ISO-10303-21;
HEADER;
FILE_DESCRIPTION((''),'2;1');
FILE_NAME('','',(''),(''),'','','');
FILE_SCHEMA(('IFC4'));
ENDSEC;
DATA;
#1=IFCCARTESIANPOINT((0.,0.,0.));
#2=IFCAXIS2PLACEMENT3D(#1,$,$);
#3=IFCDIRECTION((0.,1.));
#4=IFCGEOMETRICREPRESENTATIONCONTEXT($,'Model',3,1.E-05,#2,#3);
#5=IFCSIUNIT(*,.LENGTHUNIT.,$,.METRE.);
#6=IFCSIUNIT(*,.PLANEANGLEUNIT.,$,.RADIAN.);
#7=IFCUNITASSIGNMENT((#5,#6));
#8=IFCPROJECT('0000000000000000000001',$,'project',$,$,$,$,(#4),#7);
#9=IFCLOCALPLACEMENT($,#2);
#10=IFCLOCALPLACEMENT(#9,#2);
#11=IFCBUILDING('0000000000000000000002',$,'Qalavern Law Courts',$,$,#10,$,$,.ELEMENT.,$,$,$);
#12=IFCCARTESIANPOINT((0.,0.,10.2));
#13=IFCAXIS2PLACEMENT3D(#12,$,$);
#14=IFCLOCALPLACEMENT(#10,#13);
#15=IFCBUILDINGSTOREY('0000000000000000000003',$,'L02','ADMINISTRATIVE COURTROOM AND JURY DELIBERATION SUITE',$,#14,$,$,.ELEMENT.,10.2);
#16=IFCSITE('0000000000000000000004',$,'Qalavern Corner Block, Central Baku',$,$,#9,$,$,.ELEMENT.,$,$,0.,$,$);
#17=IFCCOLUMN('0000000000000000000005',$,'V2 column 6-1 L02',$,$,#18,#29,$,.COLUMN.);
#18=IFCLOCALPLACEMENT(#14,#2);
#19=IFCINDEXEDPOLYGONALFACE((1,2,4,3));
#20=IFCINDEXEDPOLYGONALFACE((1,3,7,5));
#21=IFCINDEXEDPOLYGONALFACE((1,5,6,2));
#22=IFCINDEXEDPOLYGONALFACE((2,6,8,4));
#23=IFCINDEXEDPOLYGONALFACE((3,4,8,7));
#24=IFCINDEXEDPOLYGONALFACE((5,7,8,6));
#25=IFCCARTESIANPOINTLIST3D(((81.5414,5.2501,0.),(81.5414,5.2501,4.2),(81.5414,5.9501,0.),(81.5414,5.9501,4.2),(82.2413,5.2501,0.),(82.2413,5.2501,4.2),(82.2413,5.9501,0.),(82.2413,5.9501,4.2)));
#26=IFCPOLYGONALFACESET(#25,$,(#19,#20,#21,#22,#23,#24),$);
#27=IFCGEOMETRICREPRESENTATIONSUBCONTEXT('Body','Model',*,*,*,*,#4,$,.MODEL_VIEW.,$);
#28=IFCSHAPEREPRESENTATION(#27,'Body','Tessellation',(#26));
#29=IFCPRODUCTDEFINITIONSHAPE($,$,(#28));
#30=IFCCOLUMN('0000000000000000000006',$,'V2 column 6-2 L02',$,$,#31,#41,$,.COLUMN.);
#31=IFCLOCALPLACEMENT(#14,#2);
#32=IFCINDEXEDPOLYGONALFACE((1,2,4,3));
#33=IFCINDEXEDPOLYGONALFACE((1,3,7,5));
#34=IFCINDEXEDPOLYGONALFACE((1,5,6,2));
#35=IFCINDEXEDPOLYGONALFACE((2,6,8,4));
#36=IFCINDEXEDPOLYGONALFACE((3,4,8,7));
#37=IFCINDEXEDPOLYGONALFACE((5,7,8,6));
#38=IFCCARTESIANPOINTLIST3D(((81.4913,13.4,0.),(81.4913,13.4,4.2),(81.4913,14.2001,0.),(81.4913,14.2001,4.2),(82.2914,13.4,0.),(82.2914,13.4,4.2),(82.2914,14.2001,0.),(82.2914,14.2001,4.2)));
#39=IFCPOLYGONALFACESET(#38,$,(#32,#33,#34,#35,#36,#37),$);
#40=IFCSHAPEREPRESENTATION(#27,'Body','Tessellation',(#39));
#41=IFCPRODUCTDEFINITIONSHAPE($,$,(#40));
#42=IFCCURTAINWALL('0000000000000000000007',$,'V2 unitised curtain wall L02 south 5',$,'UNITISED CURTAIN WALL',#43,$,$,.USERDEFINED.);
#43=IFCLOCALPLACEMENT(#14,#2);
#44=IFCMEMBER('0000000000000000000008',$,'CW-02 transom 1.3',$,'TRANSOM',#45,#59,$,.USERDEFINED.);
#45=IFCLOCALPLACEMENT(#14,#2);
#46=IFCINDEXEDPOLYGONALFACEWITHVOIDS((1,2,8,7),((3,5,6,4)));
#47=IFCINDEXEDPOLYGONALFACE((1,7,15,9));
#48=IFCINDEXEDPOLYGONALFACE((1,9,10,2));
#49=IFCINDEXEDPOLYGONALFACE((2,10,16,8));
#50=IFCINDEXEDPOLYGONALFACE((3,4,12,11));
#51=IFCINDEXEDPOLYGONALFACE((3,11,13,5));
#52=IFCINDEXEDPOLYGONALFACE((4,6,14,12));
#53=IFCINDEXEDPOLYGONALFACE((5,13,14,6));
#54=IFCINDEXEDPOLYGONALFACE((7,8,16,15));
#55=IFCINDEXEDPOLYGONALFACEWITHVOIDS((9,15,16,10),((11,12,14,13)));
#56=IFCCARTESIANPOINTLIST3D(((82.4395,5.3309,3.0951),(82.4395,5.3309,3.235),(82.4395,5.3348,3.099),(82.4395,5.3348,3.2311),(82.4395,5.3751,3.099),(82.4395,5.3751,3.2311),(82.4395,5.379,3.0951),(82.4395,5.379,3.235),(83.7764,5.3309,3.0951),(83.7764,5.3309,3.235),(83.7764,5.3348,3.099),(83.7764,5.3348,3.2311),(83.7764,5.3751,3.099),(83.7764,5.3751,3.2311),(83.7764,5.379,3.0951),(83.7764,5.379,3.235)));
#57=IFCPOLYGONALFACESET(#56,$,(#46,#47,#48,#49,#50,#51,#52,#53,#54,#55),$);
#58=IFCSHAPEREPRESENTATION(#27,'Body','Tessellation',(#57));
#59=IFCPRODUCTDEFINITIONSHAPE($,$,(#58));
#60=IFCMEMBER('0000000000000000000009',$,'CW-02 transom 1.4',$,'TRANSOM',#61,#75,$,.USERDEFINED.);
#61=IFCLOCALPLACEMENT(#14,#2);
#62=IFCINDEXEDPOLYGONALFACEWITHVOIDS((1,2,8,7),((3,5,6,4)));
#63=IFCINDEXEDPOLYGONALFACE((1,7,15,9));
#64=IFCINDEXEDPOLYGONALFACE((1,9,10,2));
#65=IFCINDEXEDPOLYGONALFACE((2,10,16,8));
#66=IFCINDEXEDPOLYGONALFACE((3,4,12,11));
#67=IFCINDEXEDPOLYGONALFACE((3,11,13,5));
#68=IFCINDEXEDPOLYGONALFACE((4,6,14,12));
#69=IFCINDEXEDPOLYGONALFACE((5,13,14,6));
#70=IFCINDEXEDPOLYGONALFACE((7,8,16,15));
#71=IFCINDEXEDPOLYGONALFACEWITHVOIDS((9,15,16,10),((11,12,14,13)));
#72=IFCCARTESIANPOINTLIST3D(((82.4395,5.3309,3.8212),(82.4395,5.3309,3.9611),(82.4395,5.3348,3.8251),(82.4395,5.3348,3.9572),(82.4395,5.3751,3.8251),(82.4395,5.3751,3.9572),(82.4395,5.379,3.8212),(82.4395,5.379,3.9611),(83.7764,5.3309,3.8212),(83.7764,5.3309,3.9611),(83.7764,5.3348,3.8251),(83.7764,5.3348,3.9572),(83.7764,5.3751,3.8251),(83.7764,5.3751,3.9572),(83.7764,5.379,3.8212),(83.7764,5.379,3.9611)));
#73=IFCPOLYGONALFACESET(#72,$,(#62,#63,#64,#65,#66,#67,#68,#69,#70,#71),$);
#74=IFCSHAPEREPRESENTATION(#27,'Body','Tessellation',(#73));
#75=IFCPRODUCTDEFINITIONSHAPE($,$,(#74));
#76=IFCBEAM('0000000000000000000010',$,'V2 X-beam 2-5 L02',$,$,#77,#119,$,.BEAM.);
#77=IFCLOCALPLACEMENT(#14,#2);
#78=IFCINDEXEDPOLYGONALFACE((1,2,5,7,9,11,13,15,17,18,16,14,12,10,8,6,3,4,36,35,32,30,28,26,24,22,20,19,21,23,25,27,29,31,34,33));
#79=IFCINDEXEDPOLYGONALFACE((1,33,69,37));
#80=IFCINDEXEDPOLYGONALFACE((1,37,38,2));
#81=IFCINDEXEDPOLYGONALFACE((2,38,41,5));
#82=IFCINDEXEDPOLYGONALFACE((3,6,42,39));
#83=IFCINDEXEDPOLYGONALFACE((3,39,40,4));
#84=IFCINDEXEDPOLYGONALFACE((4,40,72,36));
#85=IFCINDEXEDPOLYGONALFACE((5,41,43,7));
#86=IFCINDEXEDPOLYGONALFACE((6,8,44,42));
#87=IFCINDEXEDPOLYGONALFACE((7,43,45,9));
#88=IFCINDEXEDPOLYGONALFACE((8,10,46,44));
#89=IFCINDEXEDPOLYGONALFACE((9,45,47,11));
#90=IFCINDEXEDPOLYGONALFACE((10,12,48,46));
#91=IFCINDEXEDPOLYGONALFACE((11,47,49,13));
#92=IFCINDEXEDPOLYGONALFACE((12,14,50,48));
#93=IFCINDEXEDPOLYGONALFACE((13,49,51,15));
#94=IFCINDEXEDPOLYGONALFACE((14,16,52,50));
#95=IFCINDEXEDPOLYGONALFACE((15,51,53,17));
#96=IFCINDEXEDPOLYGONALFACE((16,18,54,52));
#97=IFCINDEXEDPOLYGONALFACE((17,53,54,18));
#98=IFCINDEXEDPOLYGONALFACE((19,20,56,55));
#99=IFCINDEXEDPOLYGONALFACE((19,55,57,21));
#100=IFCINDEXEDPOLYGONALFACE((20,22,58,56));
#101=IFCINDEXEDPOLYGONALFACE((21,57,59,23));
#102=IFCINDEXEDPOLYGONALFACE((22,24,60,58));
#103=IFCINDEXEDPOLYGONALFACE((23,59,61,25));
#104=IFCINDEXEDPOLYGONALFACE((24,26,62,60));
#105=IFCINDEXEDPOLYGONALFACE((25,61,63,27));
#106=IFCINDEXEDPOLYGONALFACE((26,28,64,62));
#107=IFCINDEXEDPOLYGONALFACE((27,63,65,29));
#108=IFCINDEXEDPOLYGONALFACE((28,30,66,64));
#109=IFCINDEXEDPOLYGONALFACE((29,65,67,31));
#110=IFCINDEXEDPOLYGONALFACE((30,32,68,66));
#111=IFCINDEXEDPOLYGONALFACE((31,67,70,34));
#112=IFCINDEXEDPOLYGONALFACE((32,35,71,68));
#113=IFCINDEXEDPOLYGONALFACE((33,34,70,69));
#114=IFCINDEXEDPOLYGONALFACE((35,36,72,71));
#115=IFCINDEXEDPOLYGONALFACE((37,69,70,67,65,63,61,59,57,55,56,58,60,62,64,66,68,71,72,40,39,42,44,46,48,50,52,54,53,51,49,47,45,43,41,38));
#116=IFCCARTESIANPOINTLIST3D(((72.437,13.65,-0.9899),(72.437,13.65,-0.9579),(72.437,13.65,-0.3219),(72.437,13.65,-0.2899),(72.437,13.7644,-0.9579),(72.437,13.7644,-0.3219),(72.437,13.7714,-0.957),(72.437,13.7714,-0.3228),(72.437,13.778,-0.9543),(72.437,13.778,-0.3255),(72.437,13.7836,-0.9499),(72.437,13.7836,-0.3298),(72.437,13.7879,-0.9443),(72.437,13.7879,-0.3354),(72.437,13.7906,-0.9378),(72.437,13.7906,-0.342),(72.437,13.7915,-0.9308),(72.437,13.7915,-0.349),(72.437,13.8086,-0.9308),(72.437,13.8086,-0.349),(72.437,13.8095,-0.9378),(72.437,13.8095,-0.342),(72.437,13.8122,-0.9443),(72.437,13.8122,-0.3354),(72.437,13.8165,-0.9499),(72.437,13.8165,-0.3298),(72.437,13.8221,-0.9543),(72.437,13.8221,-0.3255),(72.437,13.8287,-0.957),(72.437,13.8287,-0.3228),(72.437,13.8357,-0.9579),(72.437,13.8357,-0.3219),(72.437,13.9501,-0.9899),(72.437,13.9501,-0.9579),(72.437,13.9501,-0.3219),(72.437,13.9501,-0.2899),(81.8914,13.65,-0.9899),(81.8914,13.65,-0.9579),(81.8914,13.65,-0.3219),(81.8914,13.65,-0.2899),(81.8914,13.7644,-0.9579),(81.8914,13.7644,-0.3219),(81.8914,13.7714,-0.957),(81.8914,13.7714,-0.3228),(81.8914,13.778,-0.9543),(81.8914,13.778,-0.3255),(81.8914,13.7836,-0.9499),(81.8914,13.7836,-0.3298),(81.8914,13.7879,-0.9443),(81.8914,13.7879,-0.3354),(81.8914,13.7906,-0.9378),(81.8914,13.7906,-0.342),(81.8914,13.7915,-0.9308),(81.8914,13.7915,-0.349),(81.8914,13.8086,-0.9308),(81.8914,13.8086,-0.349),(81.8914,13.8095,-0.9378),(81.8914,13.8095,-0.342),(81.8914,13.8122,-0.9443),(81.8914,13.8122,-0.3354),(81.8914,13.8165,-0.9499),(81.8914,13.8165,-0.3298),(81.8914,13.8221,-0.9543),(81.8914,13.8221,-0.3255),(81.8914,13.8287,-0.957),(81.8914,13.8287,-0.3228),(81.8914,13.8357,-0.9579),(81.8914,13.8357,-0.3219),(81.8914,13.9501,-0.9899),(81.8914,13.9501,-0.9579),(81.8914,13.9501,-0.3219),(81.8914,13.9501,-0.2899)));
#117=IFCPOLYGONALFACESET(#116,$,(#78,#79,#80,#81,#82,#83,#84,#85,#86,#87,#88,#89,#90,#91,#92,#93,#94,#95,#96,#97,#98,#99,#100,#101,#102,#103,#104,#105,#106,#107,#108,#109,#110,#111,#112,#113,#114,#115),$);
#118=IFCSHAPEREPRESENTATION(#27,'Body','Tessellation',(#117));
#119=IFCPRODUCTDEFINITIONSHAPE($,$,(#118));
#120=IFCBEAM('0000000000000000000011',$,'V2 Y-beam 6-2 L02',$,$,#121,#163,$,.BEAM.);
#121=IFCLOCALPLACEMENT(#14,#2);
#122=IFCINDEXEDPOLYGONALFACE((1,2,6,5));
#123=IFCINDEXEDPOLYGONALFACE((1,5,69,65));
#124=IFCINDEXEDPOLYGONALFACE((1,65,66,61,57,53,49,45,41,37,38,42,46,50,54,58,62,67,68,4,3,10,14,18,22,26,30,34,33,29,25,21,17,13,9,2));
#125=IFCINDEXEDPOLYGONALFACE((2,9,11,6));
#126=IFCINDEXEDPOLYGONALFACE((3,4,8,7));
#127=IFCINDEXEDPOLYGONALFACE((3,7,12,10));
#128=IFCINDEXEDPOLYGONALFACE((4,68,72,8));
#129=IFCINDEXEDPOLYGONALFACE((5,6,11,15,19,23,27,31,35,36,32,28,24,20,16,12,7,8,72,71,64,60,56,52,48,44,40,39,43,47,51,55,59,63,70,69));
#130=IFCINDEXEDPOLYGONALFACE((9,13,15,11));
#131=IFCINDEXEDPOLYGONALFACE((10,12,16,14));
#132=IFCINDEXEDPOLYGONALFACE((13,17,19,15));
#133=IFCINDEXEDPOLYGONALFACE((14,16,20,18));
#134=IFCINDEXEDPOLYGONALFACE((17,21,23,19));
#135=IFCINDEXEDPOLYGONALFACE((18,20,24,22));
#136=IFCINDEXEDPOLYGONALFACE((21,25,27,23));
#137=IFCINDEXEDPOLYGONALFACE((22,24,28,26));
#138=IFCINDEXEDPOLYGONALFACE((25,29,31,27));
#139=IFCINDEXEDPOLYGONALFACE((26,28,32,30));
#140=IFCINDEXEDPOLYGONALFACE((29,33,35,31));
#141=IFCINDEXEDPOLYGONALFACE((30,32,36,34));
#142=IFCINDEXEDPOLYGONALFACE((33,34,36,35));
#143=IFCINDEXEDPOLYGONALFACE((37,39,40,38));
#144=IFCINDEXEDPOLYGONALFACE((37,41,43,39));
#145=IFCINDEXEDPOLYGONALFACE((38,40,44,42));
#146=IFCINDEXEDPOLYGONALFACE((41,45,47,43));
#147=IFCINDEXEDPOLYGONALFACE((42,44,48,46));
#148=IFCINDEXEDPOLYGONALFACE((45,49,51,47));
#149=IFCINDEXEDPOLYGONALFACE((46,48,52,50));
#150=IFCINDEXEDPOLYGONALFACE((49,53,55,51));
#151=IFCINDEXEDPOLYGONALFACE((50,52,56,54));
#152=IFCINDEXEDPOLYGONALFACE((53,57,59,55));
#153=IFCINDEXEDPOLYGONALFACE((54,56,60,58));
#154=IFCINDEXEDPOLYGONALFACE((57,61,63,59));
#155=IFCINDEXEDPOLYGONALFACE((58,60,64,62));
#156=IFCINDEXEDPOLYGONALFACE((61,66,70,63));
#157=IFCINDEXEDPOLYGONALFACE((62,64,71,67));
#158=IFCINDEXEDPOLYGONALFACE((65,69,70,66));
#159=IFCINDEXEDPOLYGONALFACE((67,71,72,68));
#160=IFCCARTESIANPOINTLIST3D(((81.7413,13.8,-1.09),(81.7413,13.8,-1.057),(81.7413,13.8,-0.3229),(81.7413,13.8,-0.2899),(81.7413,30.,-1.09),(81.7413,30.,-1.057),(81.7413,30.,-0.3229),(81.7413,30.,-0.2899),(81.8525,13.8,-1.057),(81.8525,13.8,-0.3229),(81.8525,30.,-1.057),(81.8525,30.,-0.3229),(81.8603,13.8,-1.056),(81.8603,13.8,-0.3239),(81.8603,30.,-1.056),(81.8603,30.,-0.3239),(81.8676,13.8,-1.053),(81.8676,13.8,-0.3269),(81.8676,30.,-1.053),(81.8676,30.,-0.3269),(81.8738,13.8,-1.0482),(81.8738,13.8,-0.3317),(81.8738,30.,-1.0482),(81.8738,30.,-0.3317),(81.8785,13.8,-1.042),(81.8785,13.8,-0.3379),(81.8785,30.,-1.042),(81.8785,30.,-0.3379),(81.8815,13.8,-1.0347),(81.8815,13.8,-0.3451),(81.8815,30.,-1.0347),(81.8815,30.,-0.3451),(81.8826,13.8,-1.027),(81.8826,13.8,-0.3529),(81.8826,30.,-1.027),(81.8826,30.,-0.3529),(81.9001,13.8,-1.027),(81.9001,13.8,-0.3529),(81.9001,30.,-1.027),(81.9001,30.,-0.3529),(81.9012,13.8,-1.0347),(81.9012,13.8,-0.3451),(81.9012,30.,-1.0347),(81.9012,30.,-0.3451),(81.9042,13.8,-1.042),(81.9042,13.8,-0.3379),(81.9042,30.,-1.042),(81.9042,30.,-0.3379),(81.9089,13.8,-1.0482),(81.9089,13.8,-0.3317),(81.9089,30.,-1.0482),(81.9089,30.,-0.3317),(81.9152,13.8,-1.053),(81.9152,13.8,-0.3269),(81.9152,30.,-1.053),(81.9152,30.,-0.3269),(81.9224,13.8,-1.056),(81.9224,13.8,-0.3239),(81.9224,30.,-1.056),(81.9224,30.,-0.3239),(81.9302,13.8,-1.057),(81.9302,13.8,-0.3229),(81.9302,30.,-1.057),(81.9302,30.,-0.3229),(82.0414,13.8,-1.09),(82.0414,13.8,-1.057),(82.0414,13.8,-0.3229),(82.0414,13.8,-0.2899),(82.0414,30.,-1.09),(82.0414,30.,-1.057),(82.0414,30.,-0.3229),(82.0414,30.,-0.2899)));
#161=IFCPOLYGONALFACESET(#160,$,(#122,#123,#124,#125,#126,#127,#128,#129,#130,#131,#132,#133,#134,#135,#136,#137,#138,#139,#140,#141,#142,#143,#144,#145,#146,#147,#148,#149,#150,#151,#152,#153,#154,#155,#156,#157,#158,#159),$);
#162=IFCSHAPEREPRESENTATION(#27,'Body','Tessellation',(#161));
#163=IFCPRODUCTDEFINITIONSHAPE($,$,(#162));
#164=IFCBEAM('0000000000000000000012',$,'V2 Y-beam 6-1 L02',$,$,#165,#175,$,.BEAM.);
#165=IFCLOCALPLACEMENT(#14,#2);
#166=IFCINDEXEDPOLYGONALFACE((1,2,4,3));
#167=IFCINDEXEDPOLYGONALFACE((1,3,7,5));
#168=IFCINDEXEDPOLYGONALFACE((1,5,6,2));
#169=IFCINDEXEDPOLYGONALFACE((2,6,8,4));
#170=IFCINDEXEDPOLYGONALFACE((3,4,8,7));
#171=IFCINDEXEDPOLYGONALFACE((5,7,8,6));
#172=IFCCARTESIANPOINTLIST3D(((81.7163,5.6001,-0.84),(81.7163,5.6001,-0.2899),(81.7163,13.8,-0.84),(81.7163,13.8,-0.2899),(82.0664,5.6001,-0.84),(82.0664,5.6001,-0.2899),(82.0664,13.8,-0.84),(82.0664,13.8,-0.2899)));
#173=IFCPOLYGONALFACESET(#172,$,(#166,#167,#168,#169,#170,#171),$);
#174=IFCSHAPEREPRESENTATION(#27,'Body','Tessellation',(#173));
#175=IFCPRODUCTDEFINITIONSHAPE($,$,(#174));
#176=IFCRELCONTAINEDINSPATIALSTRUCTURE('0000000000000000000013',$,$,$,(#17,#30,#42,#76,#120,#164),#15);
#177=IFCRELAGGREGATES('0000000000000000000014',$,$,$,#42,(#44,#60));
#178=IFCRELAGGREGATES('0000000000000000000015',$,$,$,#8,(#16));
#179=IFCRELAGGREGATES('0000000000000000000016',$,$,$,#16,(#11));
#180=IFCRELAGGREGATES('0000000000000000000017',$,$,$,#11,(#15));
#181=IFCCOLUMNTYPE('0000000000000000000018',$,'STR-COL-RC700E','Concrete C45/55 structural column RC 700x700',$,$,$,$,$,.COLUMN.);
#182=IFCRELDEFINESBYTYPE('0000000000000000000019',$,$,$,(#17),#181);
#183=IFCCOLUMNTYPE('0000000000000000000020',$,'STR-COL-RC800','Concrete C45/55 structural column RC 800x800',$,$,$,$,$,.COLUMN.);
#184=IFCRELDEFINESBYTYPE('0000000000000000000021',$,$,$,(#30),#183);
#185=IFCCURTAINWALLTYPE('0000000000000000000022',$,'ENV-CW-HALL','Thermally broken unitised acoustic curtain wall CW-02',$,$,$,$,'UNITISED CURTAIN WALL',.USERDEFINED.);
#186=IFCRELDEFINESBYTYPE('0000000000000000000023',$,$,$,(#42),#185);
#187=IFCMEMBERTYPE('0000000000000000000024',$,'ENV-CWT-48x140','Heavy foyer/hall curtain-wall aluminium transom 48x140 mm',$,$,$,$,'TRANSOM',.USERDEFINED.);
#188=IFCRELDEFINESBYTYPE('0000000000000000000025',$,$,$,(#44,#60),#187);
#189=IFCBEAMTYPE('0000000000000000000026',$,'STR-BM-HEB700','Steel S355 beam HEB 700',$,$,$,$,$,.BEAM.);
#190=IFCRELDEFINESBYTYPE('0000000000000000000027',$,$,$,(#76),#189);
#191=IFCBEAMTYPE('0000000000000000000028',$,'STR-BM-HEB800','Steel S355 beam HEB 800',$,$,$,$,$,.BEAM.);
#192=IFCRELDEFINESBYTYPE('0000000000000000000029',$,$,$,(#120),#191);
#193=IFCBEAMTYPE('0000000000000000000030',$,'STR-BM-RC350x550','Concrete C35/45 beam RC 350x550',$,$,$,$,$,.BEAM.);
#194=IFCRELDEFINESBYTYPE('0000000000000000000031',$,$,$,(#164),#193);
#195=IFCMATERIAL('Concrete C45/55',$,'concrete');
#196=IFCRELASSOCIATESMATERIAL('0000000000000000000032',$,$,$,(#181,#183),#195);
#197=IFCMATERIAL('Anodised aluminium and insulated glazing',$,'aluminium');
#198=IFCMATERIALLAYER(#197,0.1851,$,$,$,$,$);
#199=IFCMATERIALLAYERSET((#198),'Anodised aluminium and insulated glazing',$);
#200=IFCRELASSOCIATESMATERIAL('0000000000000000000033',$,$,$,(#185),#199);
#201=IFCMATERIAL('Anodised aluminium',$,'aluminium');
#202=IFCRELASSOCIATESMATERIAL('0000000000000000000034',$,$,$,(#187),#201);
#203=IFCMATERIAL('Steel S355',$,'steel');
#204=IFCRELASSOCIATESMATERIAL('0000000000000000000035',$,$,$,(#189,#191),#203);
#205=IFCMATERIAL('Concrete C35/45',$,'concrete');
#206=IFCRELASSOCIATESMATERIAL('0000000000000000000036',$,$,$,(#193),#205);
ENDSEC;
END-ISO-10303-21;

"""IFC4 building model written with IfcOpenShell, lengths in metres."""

from ifc_helpers import new_model, si_unit, direction, frame, origin, origin_2d, place, context, subcontext, project, spatial, rectangle, hollow_rectangle, i_section, extrude, material, layer, layer_set, material_profile, profile_set, type_object, element, aggregate, save


model = new_model("IFC4")

# Units and contexts
model_context = context("Model", 3, precision=1e-05, world=origin(), true_north=direction((0.0, 1.0)))
body_context = subcontext(model_context, "Body", "Model", "MODEL_VIEW")
ifc_project = project(units=[si_unit("LENGTHUNIT", "METRE"), si_unit("PLANEANGLEUNIT", "RADIAN")], contexts=[model_context])

# Site, building, storey
site_placement = place(None, origin())
site = spatial("IfcSite", under=ifc_project, at=site_placement, Name="Qalavern Corner Block, Central Baku", CompositionType="ELEMENT", RefElevation=0.0)
building_placement = place(site_placement, origin())
building = spatial("IfcBuilding", under=site, at=building_placement, Name="Qalavern Law Courts", CompositionType="ELEMENT")
storey_placement = place(building_placement, frame((0.0, 0.0, 10.2)))
storey = spatial("IfcBuildingStorey", under=building, at=storey_placement, Name="L02", Description="ADMINISTRATIVE COURTROOM AND JURY DELIBERATION SUITE", CompositionType="ELEMENT", Elevation=10.2)

# Columns
ifc_material_1 = material(Name="Concrete C45/55", Category="concrete")
ifc_material_profile_1 = material_profile(ifc_material_1, rectangle(XDim=0.7, YDim=0.7, at=origin_2d()), Name="RC 700x700")
ifc_profile_set_1 = profile_set([ifc_material_profile_1], Name="Concrete C45/55")
column_type_1 = type_object("IfcColumnType", Name="STR-COL-RC700E", Description="Concrete C45/55 structural column RC 700x700", PredefinedType="COLUMN", material=ifc_profile_set_1)
column_1_placement = place(storey_placement, frame((81.8914, 5.6001, 0.0), z_axis=(0.0, 0.0, 1.0), x_axis=(1.0, 0.0, 0.0)))
element("IfcColumn", 1, at=column_1_placement, inside=storey, type_object=column_type_1, Name="V2 column 6-1 L02", PredefinedType="COLUMN", context=body_context, shape_type="SweptSolid", body=[
    extrude(rectangle(XDim=0.7, YDim=0.7, at=origin_2d()), origin(), (0.0, 0.0, 1.0), 4.2),
])
ifc_material_profile_2 = material_profile(ifc_material_1, rectangle(XDim=0.8, YDim=0.8, at=origin_2d()), Name="RC 800x800")
ifc_profile_set_2 = profile_set([ifc_material_profile_2], Name="Concrete C45/55")
column_type_2 = type_object("IfcColumnType", Name="STR-COL-RC800", Description="Concrete C45/55 structural column RC 800x800", PredefinedType="COLUMN", material=ifc_profile_set_2)
column_2_placement = place(storey_placement, frame((81.8914, 13.8, 0.0), z_axis=(0.0, 0.0, 1.0), x_axis=(1.0, 0.0, 0.0)))
element("IfcColumn", 2, at=column_2_placement, inside=storey, type_object=column_type_2, Name="V2 column 6-2 L02", PredefinedType="COLUMN", context=body_context, shape_type="SweptSolid", body=[
    extrude(rectangle(XDim=0.8, YDim=0.8, at=origin_2d()), origin(), (0.0, 0.0, 1.0), 4.2),
])

# Curtain wall, members
ifc_material_2 = material(Name="Anodised aluminium and insulated glazing", Category="aluminium")
ifc_layer_1 = layer(ifc_material_2, 0.1851)
ifc_layer_set_1 = layer_set([ifc_layer_1], Name="Anodised aluminium and insulated glazing")
curtain_wall_type = type_object("IfcCurtainWallType", Name="ENV-CW-HALL", Description="Thermally broken unitised acoustic curtain wall CW-02", ElementType="UNITISED CURTAIN WALL", PredefinedType="USERDEFINED", material=ifc_layer_set_1)
curtain_wall_placement = place(storey_placement, origin())
curtain_wall = element("IfcCurtainWall", 3, at=curtain_wall_placement, inside=storey, type_object=curtain_wall_type, Name="V2 unitised curtain wall L02 south 5", ObjectType="UNITISED CURTAIN WALL", PredefinedType="USERDEFINED")
ifc_material_3 = material(Name="Anodised aluminium", Category="aluminium")
ifc_material_profile_3 = material_profile(ifc_material_3, hollow_rectangle(XDim=0.0481, YDim=0.1399, WallThickness=0.0039, at=origin_2d()), Name="ALU TRANSOM 48x140")
ifc_profile_set_3 = profile_set([ifc_material_profile_3], Name="Anodised aluminium")
member_type = type_object("IfcMemberType", Name="ENV-CWT-48x140", Description="Heavy foyer/hall curtain-wall aluminium transom 48x140 mm", ElementType="TRANSOM", PredefinedType="USERDEFINED", material=ifc_profile_set_3)
member_1_placement = place(storey_placement, frame((82.4395, 5.355, 3.165), z_axis=(1.0, 0.0, 0.0), x_axis=(0.0, 1.0, 0.0)))
member_1 = element("IfcMember", 4, at=member_1_placement, type_object=member_type, Name="CW-02 transom 1.3", ObjectType="TRANSOM", PredefinedType="USERDEFINED", context=body_context, shape_type="SweptSolid", body=[
    extrude(hollow_rectangle(XDim=0.0481, YDim=0.1399, WallThickness=0.0039, at=origin_2d()), origin(), (0.0, 0.0, 1.0), 1.3369),
])
member_2_placement = place(storey_placement, frame((82.4395, 5.355, 3.8911), z_axis=(1.0, 0.0, 0.0), x_axis=(0.0, 1.0, 0.0)))
member_2 = element("IfcMember", 5, at=member_2_placement, type_object=member_type, Name="CW-02 transom 1.4", ObjectType="TRANSOM", PredefinedType="USERDEFINED", context=body_context, shape_type="SweptSolid", body=[
    extrude(hollow_rectangle(XDim=0.0481, YDim=0.1399, WallThickness=0.0039, at=origin_2d()), origin(), (0.0, 0.0, 1.0), 1.3369),
])

# Beams
ifc_material_4 = material(Name="Steel S355", Category="steel")
ifc_material_profile_4 = material_profile(ifc_material_4, i_section(OverallWidth=0.3, OverallDepth=0.7, WebThickness=0.0171, FlangeThickness=0.032, FilletRadius=0.0271, at=origin_2d()), Name="HEB 700")
ifc_profile_set_4 = profile_set([ifc_material_profile_4], Name="Steel S355")
beam_type_1 = type_object("IfcBeamType", Name="STR-BM-HEB700", Description="Steel S355 beam HEB 700", PredefinedType="BEAM", material=ifc_profile_set_4)
beam_1_placement = place(storey_placement, frame((72.437, 13.8, -0.6399), z_axis=(1.0, 0.0, 0.0), x_axis=(0.0, 1.0, 0.0)))
element("IfcBeam", 6, at=beam_1_placement, inside=storey, type_object=beam_type_1, Name="V2 X-beam 2-5 L02", PredefinedType="BEAM", context=body_context, shape_type="SweptSolid", body=[
    extrude(i_section(OverallWidth=0.3, OverallDepth=0.7, WebThickness=0.0171, FlangeThickness=0.032, FilletRadius=0.0271, at=origin_2d()), origin(), (0.0, 0.0, 1.0), 9.4543),
])
ifc_material_profile_5 = material_profile(ifc_material_4, i_section(OverallWidth=0.3, OverallDepth=0.8, WebThickness=0.0176, FlangeThickness=0.033, FilletRadius=0.03, at=origin_2d()), Name="HEB 800")
ifc_profile_set_5 = profile_set([ifc_material_profile_5], Name="Steel S355")
beam_type_2 = type_object("IfcBeamType", Name="STR-BM-HEB800", Description="Steel S355 beam HEB 800", PredefinedType="BEAM", material=ifc_profile_set_5)
beam_2_placement = place(storey_placement, frame((81.8914, 13.8, -0.6899), z_axis=(0.0, 1.0, 0.0), x_axis=(-1.0, 0.0, 0.0)))
element("IfcBeam", 7, at=beam_2_placement, inside=storey, type_object=beam_type_2, Name="V2 Y-beam 6-2 L02", PredefinedType="BEAM", context=body_context, shape_type="SweptSolid", body=[
    extrude(i_section(OverallWidth=0.3, OverallDepth=0.8, WebThickness=0.0176, FlangeThickness=0.033, FilletRadius=0.03, at=origin_2d()), origin(), (0.0, 0.0, 1.0), 16.2),
])
ifc_material_5 = material(Name="Concrete C35/45", Category="concrete")
ifc_material_profile_6 = material_profile(ifc_material_5, rectangle(XDim=0.3501, YDim=0.55, at=origin_2d()), Name="RC 350x550")
ifc_profile_set_6 = profile_set([ifc_material_profile_6], Name="Concrete C35/45")
beam_type_3 = type_object("IfcBeamType", Name="STR-BM-RC350x550", Description="Concrete C35/45 beam RC 350x550", PredefinedType="BEAM", material=ifc_profile_set_6)
beam_3_placement = place(storey_placement, frame((81.8914, 5.6001, -0.5649), z_axis=(0.0, 1.0, 0.0), x_axis=(-1.0, 0.0, 0.0)))
element("IfcBeam", 8, at=beam_3_placement, inside=storey, type_object=beam_type_3, Name="V2 Y-beam 6-1 L02", PredefinedType="BEAM", context=body_context, shape_type="SweptSolid", body=[
    extrude(rectangle(XDim=0.3501, YDim=0.55, at=origin_2d()), origin(), (0.0, 0.0, 1.0), 8.2),
])

aggregate(curtain_wall, [member_1, member_2])

save(model, "model.ifc")
